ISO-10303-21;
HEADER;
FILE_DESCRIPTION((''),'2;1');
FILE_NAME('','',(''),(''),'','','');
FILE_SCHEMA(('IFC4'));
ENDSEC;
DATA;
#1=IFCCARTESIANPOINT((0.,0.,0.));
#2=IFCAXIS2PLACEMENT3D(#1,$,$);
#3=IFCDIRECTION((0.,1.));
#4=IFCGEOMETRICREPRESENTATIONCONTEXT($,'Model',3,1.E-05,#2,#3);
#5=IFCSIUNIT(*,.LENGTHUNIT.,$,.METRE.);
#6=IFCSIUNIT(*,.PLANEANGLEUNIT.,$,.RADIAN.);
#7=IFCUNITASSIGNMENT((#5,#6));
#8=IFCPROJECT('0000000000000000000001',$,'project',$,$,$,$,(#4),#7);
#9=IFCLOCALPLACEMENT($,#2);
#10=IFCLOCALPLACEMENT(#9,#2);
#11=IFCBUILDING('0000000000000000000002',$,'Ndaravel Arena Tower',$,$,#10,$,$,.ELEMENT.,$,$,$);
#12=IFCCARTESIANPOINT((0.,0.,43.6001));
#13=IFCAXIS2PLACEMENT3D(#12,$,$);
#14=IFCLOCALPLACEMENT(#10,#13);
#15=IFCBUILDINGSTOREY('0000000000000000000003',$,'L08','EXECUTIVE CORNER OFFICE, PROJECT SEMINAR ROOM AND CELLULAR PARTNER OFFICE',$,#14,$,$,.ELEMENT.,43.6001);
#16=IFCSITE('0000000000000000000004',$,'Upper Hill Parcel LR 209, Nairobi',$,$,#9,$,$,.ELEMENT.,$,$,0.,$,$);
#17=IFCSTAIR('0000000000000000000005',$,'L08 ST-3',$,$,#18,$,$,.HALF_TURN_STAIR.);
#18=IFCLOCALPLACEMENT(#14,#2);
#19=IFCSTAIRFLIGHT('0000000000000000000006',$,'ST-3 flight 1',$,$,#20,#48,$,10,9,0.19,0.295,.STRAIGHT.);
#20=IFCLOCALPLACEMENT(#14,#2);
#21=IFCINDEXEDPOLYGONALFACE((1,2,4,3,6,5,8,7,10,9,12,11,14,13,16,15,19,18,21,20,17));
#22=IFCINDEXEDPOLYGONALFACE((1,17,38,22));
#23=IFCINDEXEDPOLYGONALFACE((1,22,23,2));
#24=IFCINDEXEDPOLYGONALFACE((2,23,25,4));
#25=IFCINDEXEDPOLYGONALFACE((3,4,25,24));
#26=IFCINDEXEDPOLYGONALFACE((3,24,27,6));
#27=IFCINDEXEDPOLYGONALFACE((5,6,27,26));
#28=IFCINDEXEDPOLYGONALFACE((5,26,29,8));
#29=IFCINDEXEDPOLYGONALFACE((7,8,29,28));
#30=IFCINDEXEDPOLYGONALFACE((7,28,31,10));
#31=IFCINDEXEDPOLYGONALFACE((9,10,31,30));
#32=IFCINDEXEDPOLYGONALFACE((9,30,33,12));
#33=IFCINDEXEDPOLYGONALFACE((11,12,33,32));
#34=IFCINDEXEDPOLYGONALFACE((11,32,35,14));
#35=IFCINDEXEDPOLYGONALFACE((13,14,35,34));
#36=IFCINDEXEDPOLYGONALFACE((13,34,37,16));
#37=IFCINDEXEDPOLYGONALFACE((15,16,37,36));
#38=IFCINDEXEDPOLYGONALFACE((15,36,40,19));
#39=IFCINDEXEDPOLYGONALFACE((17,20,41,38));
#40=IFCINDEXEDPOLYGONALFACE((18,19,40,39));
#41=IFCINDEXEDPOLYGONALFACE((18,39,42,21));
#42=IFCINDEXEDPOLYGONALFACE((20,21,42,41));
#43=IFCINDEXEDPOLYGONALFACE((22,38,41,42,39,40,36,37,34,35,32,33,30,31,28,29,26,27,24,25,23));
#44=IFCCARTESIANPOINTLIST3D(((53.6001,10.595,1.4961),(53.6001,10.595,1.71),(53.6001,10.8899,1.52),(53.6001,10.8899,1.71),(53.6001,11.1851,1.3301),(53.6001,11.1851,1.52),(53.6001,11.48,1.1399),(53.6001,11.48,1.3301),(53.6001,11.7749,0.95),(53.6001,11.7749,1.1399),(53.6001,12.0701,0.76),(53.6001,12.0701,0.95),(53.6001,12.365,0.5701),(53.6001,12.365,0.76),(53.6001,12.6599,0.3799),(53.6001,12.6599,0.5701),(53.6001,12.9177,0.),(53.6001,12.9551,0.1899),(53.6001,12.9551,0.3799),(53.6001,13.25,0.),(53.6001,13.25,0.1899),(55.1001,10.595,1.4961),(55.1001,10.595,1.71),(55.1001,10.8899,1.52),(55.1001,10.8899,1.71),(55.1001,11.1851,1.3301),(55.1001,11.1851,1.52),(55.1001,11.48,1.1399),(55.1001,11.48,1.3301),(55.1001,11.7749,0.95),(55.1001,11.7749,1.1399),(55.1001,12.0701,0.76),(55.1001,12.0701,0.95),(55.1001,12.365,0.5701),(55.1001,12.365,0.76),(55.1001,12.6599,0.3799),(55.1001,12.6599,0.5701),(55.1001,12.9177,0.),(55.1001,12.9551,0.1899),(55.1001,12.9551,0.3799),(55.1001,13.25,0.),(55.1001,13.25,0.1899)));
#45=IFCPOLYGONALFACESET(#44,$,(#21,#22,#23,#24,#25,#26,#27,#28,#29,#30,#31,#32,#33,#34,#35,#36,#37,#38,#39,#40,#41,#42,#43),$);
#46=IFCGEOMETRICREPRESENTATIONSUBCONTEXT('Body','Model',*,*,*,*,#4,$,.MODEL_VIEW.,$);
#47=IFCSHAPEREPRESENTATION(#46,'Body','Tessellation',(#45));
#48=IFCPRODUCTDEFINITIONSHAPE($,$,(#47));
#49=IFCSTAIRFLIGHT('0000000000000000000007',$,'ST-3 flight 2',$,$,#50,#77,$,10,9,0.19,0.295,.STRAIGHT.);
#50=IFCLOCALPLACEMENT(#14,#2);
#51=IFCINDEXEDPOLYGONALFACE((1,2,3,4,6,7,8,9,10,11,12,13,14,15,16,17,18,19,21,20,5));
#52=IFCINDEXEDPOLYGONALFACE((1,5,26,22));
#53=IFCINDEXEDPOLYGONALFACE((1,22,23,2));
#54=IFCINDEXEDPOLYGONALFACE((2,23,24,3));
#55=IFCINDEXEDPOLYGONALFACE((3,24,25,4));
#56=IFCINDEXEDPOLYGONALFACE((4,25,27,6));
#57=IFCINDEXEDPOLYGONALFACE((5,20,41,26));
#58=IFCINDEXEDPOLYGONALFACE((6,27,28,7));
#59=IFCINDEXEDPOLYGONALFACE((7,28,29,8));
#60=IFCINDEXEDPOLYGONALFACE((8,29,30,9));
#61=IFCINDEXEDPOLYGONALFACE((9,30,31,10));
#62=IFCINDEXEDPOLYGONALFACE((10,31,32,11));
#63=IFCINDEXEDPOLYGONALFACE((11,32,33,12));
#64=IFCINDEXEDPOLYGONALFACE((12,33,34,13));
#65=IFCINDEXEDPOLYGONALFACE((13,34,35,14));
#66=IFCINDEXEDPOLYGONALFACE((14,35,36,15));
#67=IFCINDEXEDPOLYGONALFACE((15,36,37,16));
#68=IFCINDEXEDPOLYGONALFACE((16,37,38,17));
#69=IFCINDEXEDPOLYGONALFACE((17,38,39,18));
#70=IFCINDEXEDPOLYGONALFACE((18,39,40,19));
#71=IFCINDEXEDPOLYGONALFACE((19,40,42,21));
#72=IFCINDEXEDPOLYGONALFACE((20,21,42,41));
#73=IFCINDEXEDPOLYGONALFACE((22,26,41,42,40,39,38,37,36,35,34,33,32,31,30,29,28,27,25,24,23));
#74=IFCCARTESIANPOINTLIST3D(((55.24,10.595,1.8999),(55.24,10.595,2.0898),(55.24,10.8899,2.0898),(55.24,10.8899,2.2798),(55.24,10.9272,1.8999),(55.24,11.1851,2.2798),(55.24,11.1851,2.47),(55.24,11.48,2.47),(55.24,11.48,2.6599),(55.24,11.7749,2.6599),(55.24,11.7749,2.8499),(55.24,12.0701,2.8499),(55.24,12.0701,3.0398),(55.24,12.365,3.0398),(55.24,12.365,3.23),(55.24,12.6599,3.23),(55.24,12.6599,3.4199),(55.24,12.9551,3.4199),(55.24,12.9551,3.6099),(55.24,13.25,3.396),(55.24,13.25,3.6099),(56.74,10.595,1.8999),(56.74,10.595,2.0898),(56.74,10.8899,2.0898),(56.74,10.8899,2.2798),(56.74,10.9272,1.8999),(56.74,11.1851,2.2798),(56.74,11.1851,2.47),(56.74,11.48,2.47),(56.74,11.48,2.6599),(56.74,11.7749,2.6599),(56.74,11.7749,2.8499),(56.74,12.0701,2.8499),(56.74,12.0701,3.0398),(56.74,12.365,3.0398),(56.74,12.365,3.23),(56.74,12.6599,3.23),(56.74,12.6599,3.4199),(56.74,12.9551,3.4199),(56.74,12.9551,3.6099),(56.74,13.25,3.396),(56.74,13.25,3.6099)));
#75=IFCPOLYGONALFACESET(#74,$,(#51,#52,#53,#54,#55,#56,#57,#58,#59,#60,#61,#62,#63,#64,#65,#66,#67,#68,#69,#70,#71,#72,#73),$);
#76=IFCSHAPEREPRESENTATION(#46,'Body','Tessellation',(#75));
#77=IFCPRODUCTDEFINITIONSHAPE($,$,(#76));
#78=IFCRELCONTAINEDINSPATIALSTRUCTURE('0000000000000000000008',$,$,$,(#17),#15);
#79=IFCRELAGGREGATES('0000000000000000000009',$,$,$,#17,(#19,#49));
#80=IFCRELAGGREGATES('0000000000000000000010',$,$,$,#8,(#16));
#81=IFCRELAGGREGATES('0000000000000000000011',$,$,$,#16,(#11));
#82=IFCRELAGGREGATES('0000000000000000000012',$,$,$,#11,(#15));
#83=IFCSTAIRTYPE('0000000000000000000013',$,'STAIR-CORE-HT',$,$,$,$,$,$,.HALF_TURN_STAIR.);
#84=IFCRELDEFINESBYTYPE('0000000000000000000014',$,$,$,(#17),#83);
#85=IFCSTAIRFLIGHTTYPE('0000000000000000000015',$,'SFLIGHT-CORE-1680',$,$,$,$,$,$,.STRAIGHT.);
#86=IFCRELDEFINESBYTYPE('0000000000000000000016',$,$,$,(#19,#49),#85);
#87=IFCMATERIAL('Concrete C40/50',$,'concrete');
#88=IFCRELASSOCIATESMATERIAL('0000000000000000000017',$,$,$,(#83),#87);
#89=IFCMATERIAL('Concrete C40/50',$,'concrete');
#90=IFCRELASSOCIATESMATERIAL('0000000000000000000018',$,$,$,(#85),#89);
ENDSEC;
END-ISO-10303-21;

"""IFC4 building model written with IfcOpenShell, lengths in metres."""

from ifc_helpers import new_model, si_unit, direction, frame, origin, place, context, subcontext, project, spatial, polyline, outline, extrude, material, type_object, element, aggregate, save


model = new_model("IFC4")

# Units and contexts
model_context = context("Model", 3, precision=1e-05, world=origin(), true_north=direction((0.0, 1.0)))
body_context = subcontext(model_context, "Body", "Model", "MODEL_VIEW")
ifc_project = project(units=[si_unit("LENGTHUNIT", "METRE"), si_unit("PLANEANGLEUNIT", "RADIAN")], contexts=[model_context])

# Site, building, storey
site_placement = place(None, origin())
site = spatial("IfcSite", under=ifc_project, at=site_placement, Name="Upper Hill Parcel LR 209, Nairobi", CompositionType="ELEMENT", RefElevation=0.0)
building_placement = place(site_placement, origin())
building = spatial("IfcBuilding", under=site, at=building_placement, Name="Ndaravel Arena Tower", CompositionType="ELEMENT")
storey_placement = place(building_placement, frame((0.0, 0.0, 43.6001)))
storey = spatial("IfcBuildingStorey", under=building, at=storey_placement, Name="L08", Description="EXECUTIVE CORNER OFFICE, PROJECT SEMINAR ROOM AND CELLULAR PARTNER OFFICE", CompositionType="ELEMENT", Elevation=43.6001)

# Stair, stair flights
ifc_material_1 = material(Name="Concrete C40/50", Category="concrete")
stair_type = type_object("IfcStairType", Name="STAIR-CORE-HT", PredefinedType="HALF_TURN_STAIR", material=ifc_material_1)
stair_placement = place(storey_placement, origin())
stair = element("IfcStair", 1, at=stair_placement, inside=storey, type_object=stair_type, Name="L08 ST-3", PredefinedType="HALF_TURN_STAIR")
ifc_material_2 = material(Name="Concrete C40/50", Category="concrete")
stair_flight_type = type_object("IfcStairFlightType", Name="SFLIGHT-CORE-1680", PredefinedType="STRAIGHT", material=ifc_material_2)
stair_flight_1_placement = place(storey_placement, frame((54.3501, 13.25, 0.0), z_axis=(0.0, 0.0, 1.0), x_axis=(0.0, -1.0, 0.0)))
stair_flight_1 = element("IfcStairFlight", 2, at=stair_flight_1_placement, type_object=stair_flight_type, Name="ST-3 flight 1", NumberOfRisers=10, NumberOfTreads=9, PredefinedType="STRAIGHT", RiserHeight=0.19, TreadLength=0.295, context=body_context, shape_type="SweptSolid", body=[
    extrude(outline(polyline([(0.0, 0.0), (0.0, 0.1899), (0.2949, 0.1899), (0.2949, 0.3799), (0.5901, 0.3799), (0.5901, 0.5701), (0.885, 0.5701), (0.885, 0.76), (1.1799, 0.76), (1.1799, 0.95), (1.4751, 0.95), (1.4751, 1.1399), (1.77, 1.1399), (1.77, 1.3301), (2.0649, 1.3301), (2.0649, 1.52), (2.3601, 1.52), (2.3601, 1.71), (2.655, 1.71), (2.655, 1.8999), (2.655, 1.4961), (0.3323, 0.0), (0.0, 0.0)])), frame((0.0, 0.75, 0.0), z_axis=(0.0, -1.0, 0.0), x_axis=(1.0, 0.0, 0.0)), (0.0, 0.0, 1.0), 1.5),
])
stair_flight_2_placement = place(storey_placement, frame((55.99, 10.595, 1.8999), z_axis=(0.0, 0.0, 1.0), x_axis=(0.0, 1.0, 0.0)))
stair_flight_2 = element("IfcStairFlight", 3, at=stair_flight_2_placement, type_object=stair_flight_type, Name="ST-3 flight 2", NumberOfRisers=10, NumberOfTreads=9, PredefinedType="STRAIGHT", RiserHeight=0.19, TreadLength=0.295, context=body_context, shape_type="SweptSolid", body=[
    extrude(outline(polyline([(0.0, 0.0), (0.0, 0.1899), (0.2949, 0.1899), (0.2949, 0.3799), (0.5901, 0.3799), (0.5901, 0.5701), (0.885, 0.5701), (0.885, 0.76), (1.1799, 0.76), (1.1799, 0.95), (1.4751, 0.95), (1.4751, 1.1399), (1.77, 1.1399), (1.77, 1.3301), (2.0649, 1.3301), (2.0649, 1.52), (2.3601, 1.52), (2.3601, 1.71), (2.655, 1.71), (2.655, 1.8999), (2.655, 1.4961), (0.3323, 0.0), (0.0, 0.0)])), frame((0.0, 0.75, 0.0), z_axis=(0.0, -1.0, 0.0), x_axis=(1.0, 0.0, 0.0)), (0.0, 0.0, 1.0), 1.5),
])
aggregate(stair, [stair_flight_1, stair_flight_2])

save(model, "model.ifc")
